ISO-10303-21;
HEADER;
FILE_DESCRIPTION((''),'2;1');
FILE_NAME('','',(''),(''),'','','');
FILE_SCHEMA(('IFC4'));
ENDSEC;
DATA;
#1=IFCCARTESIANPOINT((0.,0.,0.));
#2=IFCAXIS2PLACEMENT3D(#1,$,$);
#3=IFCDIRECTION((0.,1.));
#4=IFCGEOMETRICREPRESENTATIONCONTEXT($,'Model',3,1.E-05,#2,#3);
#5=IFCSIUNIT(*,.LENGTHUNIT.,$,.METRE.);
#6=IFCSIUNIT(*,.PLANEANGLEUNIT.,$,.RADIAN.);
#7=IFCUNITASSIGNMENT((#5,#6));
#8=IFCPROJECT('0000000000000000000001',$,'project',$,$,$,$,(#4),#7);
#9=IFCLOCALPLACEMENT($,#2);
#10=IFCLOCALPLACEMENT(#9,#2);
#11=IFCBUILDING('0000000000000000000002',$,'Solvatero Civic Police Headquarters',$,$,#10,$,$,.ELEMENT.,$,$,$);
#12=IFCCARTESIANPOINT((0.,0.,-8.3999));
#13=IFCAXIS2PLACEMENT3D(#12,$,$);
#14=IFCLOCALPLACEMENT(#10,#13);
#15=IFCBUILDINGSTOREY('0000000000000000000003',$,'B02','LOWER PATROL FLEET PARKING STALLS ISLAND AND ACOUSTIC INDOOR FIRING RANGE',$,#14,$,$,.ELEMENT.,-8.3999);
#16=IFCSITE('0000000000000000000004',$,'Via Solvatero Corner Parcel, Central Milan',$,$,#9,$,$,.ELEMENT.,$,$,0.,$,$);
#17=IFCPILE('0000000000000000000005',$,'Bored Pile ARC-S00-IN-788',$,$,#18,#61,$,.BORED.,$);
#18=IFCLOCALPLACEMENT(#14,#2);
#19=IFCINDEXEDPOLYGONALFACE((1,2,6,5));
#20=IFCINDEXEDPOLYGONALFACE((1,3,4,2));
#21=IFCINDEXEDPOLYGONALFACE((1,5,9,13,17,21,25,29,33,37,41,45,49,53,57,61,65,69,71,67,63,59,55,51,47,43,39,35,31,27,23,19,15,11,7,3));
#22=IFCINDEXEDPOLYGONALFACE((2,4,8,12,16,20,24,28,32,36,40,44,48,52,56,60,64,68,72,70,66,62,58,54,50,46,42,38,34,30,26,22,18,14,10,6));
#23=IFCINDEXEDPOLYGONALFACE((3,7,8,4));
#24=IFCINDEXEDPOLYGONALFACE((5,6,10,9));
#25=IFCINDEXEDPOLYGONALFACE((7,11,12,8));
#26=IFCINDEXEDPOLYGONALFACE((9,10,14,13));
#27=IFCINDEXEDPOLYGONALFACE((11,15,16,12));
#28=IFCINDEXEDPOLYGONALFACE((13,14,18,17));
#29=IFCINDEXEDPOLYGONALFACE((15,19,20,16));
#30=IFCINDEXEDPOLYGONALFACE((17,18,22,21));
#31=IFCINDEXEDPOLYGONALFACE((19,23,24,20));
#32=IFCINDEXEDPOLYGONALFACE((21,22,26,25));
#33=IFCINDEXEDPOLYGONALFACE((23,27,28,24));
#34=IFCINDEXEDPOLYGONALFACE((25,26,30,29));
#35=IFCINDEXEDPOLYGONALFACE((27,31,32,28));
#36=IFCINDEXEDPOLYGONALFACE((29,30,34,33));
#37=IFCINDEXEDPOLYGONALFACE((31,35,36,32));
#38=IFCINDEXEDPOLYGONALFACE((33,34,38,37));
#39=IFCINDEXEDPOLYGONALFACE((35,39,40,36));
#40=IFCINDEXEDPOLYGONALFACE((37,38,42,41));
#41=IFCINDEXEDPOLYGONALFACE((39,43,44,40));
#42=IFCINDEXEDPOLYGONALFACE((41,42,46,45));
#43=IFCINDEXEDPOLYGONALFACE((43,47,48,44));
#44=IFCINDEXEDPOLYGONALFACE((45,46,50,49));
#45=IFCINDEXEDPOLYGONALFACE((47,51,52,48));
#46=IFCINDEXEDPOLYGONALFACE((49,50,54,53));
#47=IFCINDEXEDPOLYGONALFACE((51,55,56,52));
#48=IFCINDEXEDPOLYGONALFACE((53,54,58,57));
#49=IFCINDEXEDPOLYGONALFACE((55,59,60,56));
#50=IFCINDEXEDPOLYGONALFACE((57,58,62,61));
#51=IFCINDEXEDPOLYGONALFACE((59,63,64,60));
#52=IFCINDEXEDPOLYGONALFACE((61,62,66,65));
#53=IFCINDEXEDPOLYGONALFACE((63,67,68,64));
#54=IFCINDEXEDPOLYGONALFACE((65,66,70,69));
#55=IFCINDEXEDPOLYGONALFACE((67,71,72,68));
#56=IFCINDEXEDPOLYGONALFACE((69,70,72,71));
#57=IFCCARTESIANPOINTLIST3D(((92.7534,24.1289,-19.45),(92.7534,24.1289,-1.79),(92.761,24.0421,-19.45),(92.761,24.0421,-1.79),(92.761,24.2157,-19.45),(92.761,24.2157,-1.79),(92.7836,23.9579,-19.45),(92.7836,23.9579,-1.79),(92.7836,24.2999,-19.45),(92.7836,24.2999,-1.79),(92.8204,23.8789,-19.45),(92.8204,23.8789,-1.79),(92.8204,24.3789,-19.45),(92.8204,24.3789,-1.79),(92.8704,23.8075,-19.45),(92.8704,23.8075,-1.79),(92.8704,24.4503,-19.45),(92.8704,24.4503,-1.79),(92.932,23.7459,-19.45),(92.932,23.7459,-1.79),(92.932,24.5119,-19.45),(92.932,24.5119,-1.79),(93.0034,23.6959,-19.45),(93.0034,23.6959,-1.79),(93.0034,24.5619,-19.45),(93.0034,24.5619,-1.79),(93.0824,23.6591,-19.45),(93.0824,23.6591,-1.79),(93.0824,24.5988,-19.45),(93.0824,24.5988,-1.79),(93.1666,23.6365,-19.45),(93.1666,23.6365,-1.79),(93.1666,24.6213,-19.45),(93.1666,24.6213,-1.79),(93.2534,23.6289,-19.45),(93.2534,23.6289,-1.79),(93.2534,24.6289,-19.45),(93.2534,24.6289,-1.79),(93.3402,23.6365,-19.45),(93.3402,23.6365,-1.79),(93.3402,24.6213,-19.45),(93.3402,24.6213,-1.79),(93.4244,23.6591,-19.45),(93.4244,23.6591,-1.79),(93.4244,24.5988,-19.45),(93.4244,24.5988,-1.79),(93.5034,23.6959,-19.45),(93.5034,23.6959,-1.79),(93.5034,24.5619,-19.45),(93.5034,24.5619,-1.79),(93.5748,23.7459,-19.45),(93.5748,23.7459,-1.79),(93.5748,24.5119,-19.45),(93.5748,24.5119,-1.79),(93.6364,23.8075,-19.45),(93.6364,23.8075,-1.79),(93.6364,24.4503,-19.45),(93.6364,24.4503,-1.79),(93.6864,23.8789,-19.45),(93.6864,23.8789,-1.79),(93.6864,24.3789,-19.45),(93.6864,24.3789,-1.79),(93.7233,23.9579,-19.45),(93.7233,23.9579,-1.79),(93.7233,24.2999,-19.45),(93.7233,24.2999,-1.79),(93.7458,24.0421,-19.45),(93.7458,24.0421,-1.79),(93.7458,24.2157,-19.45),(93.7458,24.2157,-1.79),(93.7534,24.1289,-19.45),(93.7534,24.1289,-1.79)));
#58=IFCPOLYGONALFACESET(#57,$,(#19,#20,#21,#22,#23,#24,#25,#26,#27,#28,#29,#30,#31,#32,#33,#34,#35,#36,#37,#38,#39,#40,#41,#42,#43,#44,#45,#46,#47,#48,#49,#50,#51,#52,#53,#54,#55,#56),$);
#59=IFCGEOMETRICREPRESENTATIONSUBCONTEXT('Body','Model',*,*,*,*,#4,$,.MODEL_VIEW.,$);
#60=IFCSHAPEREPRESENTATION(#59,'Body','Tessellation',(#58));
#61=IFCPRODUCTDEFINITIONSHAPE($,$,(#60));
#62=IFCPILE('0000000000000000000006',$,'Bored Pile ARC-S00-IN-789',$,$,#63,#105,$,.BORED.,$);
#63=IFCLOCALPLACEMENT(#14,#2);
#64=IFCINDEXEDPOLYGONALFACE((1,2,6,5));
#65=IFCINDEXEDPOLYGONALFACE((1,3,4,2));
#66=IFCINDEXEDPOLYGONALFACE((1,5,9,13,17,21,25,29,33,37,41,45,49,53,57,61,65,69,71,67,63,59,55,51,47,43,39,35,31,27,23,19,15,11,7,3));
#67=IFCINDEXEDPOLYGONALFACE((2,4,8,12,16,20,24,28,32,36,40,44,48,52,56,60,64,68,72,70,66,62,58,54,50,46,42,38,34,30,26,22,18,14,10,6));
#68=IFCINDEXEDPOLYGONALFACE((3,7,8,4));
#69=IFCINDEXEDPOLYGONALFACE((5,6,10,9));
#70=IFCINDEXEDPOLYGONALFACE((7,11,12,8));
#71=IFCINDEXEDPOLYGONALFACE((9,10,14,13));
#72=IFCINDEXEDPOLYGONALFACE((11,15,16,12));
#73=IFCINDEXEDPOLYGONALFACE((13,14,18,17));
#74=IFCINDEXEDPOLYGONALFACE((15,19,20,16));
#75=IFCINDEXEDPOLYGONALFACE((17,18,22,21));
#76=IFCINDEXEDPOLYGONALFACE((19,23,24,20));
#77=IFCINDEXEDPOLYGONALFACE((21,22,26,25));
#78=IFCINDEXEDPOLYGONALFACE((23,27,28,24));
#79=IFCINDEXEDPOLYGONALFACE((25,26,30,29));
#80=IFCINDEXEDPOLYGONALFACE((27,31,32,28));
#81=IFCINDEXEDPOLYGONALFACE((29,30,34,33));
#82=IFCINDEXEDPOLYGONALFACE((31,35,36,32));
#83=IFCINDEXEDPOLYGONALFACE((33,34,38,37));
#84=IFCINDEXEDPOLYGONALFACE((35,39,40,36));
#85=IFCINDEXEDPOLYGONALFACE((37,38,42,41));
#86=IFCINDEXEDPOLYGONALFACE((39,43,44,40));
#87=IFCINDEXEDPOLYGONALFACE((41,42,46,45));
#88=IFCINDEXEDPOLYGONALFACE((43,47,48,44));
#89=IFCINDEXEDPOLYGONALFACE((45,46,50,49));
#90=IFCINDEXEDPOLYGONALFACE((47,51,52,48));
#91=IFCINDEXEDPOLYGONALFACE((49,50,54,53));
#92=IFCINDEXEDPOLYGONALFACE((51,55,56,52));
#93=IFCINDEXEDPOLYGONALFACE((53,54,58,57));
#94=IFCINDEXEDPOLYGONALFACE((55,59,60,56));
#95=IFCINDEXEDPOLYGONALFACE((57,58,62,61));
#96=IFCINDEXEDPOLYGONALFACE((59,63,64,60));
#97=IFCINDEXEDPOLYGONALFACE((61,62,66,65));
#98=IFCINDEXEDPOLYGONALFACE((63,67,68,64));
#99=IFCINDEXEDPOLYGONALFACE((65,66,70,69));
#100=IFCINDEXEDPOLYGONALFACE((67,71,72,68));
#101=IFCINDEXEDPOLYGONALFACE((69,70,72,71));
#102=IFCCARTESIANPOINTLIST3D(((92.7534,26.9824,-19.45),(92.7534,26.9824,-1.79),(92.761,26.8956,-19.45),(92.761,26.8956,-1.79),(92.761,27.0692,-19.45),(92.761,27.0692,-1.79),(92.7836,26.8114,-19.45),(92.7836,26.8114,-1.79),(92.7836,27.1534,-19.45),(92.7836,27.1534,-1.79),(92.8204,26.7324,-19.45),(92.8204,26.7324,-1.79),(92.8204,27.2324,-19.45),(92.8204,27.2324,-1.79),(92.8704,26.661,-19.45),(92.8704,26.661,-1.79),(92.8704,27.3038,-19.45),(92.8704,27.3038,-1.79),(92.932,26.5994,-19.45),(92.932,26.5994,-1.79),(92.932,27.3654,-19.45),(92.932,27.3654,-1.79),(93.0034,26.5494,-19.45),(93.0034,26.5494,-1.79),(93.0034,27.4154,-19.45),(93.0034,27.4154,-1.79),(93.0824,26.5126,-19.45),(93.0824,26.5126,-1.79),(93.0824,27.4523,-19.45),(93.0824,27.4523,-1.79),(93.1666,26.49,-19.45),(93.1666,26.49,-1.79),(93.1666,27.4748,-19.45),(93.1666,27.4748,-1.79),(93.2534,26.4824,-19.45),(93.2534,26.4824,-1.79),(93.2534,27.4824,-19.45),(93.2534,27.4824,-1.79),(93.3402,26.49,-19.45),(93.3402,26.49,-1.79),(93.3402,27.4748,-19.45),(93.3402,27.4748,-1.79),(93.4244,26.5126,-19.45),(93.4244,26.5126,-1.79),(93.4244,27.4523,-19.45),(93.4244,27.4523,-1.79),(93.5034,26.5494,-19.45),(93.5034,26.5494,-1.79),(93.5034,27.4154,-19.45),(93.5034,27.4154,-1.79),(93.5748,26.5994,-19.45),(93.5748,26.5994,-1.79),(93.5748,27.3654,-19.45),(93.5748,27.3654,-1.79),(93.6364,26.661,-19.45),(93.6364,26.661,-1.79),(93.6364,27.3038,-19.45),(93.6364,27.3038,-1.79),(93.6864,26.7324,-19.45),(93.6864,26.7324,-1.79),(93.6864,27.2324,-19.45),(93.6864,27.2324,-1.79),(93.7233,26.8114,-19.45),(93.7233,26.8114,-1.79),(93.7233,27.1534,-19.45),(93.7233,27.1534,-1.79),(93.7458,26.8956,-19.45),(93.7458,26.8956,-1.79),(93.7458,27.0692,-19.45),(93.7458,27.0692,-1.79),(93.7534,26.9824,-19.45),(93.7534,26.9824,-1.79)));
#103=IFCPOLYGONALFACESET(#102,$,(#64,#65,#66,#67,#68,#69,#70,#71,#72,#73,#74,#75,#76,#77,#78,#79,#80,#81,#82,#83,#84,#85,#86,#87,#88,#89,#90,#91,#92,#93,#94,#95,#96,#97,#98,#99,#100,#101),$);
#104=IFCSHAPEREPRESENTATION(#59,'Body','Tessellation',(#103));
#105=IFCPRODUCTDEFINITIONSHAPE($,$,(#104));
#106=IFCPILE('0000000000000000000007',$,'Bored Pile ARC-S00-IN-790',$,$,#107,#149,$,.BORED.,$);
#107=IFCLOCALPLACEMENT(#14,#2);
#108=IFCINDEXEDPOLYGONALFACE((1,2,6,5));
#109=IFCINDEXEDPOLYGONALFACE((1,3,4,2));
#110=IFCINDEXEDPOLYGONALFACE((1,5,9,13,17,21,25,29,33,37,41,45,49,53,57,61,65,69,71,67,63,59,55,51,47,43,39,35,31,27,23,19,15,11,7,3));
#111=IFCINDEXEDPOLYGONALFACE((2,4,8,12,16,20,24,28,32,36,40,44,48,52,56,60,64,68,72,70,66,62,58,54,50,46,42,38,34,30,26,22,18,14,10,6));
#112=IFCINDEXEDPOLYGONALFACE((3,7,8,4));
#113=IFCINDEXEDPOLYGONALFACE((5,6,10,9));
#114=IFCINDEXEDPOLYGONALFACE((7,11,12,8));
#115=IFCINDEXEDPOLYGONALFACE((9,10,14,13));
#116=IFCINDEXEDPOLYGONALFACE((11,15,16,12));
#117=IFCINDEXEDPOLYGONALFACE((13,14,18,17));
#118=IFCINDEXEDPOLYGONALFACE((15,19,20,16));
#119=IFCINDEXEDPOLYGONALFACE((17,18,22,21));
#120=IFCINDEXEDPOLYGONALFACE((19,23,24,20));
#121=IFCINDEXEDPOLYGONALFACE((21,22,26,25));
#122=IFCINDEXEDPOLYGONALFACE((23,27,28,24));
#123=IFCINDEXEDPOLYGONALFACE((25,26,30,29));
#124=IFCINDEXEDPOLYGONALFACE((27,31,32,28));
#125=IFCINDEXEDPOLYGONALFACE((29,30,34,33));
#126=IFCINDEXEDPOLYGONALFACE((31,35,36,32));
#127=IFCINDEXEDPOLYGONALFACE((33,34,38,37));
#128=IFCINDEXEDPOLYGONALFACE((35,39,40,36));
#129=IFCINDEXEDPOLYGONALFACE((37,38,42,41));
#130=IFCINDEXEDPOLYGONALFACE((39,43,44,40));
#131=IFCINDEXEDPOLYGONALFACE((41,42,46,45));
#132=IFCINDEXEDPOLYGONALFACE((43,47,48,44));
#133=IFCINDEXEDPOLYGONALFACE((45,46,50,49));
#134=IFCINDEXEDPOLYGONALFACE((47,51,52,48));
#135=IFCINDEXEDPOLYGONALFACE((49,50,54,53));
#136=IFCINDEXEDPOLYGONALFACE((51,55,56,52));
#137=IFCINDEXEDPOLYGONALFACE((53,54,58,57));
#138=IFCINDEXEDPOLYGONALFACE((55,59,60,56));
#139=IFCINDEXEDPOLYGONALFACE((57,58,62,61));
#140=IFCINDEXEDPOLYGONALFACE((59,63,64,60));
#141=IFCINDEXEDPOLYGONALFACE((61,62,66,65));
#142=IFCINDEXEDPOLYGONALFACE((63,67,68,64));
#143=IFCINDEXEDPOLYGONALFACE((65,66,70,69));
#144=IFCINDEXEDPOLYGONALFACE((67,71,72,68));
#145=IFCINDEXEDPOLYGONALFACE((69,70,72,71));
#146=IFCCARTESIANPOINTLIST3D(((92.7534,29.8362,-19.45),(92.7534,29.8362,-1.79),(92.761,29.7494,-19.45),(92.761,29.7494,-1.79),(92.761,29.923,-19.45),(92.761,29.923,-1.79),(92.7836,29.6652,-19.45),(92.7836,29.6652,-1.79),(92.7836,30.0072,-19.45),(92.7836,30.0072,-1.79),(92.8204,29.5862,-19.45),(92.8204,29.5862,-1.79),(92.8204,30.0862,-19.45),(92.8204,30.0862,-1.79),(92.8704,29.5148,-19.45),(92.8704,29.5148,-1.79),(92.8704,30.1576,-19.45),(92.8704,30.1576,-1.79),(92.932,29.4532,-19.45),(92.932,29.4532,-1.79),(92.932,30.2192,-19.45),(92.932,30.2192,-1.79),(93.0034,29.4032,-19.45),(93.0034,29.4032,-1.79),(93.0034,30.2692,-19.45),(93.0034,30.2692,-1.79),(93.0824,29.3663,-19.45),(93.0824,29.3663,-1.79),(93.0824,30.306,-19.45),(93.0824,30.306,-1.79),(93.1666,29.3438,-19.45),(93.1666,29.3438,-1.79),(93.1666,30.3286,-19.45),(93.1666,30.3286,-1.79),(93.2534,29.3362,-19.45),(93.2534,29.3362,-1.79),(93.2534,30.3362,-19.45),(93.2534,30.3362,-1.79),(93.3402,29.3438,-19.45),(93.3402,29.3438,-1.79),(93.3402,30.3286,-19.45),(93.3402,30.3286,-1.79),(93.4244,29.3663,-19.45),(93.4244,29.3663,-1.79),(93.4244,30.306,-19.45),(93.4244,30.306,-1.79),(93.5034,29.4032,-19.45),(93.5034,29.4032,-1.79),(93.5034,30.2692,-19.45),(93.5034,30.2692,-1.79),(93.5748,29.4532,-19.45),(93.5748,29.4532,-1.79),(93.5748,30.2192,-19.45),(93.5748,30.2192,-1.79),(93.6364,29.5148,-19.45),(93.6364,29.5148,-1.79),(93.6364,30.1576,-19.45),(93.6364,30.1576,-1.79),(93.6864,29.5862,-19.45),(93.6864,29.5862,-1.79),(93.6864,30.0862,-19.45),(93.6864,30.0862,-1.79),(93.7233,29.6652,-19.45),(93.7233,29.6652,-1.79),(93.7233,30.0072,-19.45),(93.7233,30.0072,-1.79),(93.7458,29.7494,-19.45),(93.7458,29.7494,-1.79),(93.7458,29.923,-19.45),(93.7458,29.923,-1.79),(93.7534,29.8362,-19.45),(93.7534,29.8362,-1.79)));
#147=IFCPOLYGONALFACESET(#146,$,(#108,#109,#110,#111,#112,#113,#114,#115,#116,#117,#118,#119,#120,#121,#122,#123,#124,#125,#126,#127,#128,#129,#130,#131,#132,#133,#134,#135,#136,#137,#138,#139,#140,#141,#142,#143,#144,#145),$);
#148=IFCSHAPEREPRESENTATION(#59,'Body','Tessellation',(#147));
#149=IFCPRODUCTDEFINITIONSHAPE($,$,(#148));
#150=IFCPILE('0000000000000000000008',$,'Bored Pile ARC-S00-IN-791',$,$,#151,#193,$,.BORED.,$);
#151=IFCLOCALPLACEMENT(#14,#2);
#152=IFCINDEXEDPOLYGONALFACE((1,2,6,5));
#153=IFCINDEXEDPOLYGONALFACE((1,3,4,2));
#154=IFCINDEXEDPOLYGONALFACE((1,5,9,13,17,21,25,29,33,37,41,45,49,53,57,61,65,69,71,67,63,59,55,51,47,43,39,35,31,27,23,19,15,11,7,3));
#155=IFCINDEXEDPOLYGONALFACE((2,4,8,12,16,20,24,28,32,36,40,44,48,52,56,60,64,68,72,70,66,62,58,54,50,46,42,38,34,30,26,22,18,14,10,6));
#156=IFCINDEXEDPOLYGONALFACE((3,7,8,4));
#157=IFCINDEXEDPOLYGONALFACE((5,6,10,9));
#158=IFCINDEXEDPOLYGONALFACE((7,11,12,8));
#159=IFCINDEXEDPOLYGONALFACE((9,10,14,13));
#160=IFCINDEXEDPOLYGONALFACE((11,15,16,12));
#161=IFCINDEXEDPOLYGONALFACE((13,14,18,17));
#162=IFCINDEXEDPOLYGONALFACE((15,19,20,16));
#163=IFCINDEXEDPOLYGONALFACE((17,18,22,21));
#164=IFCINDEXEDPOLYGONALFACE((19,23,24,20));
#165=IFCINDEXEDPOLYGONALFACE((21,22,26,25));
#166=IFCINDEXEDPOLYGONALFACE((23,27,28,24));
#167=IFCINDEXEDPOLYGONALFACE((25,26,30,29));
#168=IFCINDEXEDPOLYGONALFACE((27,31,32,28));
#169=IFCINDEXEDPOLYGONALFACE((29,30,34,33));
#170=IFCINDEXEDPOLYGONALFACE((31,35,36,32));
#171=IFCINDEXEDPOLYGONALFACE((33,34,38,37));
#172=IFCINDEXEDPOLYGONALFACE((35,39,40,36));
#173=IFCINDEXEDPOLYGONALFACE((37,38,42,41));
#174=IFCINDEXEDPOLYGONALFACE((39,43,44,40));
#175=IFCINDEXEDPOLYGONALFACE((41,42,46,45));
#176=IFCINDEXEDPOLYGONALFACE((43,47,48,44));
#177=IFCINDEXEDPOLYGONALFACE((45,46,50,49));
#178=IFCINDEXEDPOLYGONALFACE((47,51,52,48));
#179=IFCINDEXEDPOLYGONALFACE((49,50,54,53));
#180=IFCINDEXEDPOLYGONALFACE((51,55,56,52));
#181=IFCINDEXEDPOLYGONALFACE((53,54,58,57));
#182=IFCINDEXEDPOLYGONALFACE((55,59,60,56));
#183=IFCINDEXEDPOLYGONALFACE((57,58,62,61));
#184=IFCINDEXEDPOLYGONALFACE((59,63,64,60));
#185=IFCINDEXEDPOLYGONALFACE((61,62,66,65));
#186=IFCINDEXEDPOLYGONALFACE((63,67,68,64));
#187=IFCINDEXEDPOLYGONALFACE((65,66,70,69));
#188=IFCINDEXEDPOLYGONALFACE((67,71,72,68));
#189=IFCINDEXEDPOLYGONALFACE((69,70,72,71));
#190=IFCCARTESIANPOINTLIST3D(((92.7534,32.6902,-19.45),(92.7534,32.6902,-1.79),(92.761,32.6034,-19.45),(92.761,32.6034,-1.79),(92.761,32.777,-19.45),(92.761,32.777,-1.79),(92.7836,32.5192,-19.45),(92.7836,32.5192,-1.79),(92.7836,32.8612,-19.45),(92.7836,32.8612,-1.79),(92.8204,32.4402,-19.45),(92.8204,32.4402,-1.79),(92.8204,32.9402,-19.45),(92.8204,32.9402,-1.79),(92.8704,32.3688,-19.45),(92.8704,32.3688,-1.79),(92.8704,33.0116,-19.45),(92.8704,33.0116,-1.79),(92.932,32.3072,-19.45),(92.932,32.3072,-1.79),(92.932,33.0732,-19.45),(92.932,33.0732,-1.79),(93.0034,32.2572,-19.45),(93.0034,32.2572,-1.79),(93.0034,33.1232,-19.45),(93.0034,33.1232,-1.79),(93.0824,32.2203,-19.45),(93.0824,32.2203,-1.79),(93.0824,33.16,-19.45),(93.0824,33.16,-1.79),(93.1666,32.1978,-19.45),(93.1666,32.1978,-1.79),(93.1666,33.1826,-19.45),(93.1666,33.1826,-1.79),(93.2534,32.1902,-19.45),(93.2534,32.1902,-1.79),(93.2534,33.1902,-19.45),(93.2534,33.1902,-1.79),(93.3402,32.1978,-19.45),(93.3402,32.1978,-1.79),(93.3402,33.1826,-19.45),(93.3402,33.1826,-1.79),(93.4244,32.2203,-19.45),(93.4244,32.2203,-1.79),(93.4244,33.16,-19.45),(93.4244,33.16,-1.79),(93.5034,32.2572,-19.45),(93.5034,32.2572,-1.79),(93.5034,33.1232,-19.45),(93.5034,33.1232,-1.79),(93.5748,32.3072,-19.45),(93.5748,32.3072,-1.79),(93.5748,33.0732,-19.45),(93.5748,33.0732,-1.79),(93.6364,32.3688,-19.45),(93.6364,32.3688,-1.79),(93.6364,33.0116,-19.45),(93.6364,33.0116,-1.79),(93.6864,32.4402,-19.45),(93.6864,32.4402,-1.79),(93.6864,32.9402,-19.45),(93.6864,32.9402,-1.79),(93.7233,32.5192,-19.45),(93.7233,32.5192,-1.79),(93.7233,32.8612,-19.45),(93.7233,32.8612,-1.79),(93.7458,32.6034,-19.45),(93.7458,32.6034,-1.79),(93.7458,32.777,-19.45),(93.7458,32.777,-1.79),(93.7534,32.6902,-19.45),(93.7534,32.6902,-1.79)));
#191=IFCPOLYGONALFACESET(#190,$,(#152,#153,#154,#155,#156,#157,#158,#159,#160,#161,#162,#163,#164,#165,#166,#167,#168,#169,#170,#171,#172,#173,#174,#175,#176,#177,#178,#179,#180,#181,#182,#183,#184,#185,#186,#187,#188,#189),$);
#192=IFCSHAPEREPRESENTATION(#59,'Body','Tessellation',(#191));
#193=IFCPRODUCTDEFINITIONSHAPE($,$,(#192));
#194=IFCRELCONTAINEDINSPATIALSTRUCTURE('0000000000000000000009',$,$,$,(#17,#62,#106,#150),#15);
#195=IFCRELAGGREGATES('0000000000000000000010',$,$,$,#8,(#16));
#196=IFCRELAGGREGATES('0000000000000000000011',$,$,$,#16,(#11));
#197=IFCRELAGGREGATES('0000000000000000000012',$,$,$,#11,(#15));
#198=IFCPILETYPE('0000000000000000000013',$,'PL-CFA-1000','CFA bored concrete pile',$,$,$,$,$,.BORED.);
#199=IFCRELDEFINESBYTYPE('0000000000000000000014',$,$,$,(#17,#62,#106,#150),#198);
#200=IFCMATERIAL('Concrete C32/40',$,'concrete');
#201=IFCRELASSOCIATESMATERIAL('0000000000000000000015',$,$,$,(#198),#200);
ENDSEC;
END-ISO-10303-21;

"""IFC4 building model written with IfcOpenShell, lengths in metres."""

from ifc_helpers import new_model, si_unit, direction, frame, origin, origin_2d, place, context, subcontext, project, spatial, circle, extrude, material, material_profile, profile_set, type_object, element, save


model = new_model("IFC4")

# Units and contexts
model_context = context("Model", 3, precision=1e-05, world=origin(), true_north=direction((0.0, 1.0)))
body_context = subcontext(model_context, "Body", "Model", "MODEL_VIEW")
ifc_project = project(units=[si_unit("LENGTHUNIT", "METRE"), si_unit("PLANEANGLEUNIT", "RADIAN")], contexts=[model_context])

# Site, building, storey
site_placement = place(None, origin())
site = spatial("IfcSite", under=ifc_project, at=site_placement, Name="Via Solvatero Corner Parcel, Central Milan", CompositionType="ELEMENT", RefElevation=0.0)
building_placement = place(site_placement, origin())
building = spatial("IfcBuilding", under=site, at=building_placement, Name="Solvatero Civic Police Headquarters", CompositionType="ELEMENT")
storey_placement = place(building_placement, frame((0.0, 0.0, -8.3999)))
storey = spatial("IfcBuildingStorey", under=building, at=storey_placement, Name="B02", Description="LOWER PATROL FLEET PARKING STALLS ISLAND AND ACOUSTIC INDOOR FIRING RANGE", CompositionType="ELEMENT", Elevation=-8.3999)

# Piles
ifc_material_1 = material(Name="Concrete C32/40", Category="concrete")
ifc_material_profile_1 = material_profile(ifc_material_1, circle(Radius=0.5, at=origin_2d()), Name="CFA PILE D1000")
ifc_profile_set_1 = profile_set([ifc_material_profile_1], Name="Concrete C32/40")
pile_type = type_object("IfcPileType", Name="PL-CFA-1000", Description="CFA bored concrete pile", PredefinedType="BORED", material=ifc_profile_set_1)
for number, where, z_axis, x_axis, name in (
    (1, (93.2534, 24.1289, -1.79), (0.0, 0.0, -1.0), (1.0, 0.0, 0.0), "Bored Pile ARC-S00-IN-788"),
    (2, (93.2534, 26.9824, -1.79), (0.0, 0.0, -1.0), (1.0, 0.0, 0.0), "Bored Pile ARC-S00-IN-789"),
    (3, (93.2534, 29.8362, -1.79), (0.0, 0.0, -1.0), (1.0, 0.0, 0.0), "Bored Pile ARC-S00-IN-790"),
    (4, (93.2534, 32.6902, -1.79), (0.0, 0.0, -1.0), (1.0, 0.0, 0.0), "Bored Pile ARC-S00-IN-791"),
):
    element("IfcPile", number, at=place(storey_placement, frame(where, z_axis=z_axis, x_axis=x_axis)), inside=storey, type_object=pile_type, Name=name, PredefinedType="BORED", context=body_context, shape_type="SweptSolid", body=[
        extrude(circle(Radius=0.5, at=origin_2d()), origin(), (0.0, 0.0, 1.0), 17.6599),
    ])

save(model, "model.ifc")
